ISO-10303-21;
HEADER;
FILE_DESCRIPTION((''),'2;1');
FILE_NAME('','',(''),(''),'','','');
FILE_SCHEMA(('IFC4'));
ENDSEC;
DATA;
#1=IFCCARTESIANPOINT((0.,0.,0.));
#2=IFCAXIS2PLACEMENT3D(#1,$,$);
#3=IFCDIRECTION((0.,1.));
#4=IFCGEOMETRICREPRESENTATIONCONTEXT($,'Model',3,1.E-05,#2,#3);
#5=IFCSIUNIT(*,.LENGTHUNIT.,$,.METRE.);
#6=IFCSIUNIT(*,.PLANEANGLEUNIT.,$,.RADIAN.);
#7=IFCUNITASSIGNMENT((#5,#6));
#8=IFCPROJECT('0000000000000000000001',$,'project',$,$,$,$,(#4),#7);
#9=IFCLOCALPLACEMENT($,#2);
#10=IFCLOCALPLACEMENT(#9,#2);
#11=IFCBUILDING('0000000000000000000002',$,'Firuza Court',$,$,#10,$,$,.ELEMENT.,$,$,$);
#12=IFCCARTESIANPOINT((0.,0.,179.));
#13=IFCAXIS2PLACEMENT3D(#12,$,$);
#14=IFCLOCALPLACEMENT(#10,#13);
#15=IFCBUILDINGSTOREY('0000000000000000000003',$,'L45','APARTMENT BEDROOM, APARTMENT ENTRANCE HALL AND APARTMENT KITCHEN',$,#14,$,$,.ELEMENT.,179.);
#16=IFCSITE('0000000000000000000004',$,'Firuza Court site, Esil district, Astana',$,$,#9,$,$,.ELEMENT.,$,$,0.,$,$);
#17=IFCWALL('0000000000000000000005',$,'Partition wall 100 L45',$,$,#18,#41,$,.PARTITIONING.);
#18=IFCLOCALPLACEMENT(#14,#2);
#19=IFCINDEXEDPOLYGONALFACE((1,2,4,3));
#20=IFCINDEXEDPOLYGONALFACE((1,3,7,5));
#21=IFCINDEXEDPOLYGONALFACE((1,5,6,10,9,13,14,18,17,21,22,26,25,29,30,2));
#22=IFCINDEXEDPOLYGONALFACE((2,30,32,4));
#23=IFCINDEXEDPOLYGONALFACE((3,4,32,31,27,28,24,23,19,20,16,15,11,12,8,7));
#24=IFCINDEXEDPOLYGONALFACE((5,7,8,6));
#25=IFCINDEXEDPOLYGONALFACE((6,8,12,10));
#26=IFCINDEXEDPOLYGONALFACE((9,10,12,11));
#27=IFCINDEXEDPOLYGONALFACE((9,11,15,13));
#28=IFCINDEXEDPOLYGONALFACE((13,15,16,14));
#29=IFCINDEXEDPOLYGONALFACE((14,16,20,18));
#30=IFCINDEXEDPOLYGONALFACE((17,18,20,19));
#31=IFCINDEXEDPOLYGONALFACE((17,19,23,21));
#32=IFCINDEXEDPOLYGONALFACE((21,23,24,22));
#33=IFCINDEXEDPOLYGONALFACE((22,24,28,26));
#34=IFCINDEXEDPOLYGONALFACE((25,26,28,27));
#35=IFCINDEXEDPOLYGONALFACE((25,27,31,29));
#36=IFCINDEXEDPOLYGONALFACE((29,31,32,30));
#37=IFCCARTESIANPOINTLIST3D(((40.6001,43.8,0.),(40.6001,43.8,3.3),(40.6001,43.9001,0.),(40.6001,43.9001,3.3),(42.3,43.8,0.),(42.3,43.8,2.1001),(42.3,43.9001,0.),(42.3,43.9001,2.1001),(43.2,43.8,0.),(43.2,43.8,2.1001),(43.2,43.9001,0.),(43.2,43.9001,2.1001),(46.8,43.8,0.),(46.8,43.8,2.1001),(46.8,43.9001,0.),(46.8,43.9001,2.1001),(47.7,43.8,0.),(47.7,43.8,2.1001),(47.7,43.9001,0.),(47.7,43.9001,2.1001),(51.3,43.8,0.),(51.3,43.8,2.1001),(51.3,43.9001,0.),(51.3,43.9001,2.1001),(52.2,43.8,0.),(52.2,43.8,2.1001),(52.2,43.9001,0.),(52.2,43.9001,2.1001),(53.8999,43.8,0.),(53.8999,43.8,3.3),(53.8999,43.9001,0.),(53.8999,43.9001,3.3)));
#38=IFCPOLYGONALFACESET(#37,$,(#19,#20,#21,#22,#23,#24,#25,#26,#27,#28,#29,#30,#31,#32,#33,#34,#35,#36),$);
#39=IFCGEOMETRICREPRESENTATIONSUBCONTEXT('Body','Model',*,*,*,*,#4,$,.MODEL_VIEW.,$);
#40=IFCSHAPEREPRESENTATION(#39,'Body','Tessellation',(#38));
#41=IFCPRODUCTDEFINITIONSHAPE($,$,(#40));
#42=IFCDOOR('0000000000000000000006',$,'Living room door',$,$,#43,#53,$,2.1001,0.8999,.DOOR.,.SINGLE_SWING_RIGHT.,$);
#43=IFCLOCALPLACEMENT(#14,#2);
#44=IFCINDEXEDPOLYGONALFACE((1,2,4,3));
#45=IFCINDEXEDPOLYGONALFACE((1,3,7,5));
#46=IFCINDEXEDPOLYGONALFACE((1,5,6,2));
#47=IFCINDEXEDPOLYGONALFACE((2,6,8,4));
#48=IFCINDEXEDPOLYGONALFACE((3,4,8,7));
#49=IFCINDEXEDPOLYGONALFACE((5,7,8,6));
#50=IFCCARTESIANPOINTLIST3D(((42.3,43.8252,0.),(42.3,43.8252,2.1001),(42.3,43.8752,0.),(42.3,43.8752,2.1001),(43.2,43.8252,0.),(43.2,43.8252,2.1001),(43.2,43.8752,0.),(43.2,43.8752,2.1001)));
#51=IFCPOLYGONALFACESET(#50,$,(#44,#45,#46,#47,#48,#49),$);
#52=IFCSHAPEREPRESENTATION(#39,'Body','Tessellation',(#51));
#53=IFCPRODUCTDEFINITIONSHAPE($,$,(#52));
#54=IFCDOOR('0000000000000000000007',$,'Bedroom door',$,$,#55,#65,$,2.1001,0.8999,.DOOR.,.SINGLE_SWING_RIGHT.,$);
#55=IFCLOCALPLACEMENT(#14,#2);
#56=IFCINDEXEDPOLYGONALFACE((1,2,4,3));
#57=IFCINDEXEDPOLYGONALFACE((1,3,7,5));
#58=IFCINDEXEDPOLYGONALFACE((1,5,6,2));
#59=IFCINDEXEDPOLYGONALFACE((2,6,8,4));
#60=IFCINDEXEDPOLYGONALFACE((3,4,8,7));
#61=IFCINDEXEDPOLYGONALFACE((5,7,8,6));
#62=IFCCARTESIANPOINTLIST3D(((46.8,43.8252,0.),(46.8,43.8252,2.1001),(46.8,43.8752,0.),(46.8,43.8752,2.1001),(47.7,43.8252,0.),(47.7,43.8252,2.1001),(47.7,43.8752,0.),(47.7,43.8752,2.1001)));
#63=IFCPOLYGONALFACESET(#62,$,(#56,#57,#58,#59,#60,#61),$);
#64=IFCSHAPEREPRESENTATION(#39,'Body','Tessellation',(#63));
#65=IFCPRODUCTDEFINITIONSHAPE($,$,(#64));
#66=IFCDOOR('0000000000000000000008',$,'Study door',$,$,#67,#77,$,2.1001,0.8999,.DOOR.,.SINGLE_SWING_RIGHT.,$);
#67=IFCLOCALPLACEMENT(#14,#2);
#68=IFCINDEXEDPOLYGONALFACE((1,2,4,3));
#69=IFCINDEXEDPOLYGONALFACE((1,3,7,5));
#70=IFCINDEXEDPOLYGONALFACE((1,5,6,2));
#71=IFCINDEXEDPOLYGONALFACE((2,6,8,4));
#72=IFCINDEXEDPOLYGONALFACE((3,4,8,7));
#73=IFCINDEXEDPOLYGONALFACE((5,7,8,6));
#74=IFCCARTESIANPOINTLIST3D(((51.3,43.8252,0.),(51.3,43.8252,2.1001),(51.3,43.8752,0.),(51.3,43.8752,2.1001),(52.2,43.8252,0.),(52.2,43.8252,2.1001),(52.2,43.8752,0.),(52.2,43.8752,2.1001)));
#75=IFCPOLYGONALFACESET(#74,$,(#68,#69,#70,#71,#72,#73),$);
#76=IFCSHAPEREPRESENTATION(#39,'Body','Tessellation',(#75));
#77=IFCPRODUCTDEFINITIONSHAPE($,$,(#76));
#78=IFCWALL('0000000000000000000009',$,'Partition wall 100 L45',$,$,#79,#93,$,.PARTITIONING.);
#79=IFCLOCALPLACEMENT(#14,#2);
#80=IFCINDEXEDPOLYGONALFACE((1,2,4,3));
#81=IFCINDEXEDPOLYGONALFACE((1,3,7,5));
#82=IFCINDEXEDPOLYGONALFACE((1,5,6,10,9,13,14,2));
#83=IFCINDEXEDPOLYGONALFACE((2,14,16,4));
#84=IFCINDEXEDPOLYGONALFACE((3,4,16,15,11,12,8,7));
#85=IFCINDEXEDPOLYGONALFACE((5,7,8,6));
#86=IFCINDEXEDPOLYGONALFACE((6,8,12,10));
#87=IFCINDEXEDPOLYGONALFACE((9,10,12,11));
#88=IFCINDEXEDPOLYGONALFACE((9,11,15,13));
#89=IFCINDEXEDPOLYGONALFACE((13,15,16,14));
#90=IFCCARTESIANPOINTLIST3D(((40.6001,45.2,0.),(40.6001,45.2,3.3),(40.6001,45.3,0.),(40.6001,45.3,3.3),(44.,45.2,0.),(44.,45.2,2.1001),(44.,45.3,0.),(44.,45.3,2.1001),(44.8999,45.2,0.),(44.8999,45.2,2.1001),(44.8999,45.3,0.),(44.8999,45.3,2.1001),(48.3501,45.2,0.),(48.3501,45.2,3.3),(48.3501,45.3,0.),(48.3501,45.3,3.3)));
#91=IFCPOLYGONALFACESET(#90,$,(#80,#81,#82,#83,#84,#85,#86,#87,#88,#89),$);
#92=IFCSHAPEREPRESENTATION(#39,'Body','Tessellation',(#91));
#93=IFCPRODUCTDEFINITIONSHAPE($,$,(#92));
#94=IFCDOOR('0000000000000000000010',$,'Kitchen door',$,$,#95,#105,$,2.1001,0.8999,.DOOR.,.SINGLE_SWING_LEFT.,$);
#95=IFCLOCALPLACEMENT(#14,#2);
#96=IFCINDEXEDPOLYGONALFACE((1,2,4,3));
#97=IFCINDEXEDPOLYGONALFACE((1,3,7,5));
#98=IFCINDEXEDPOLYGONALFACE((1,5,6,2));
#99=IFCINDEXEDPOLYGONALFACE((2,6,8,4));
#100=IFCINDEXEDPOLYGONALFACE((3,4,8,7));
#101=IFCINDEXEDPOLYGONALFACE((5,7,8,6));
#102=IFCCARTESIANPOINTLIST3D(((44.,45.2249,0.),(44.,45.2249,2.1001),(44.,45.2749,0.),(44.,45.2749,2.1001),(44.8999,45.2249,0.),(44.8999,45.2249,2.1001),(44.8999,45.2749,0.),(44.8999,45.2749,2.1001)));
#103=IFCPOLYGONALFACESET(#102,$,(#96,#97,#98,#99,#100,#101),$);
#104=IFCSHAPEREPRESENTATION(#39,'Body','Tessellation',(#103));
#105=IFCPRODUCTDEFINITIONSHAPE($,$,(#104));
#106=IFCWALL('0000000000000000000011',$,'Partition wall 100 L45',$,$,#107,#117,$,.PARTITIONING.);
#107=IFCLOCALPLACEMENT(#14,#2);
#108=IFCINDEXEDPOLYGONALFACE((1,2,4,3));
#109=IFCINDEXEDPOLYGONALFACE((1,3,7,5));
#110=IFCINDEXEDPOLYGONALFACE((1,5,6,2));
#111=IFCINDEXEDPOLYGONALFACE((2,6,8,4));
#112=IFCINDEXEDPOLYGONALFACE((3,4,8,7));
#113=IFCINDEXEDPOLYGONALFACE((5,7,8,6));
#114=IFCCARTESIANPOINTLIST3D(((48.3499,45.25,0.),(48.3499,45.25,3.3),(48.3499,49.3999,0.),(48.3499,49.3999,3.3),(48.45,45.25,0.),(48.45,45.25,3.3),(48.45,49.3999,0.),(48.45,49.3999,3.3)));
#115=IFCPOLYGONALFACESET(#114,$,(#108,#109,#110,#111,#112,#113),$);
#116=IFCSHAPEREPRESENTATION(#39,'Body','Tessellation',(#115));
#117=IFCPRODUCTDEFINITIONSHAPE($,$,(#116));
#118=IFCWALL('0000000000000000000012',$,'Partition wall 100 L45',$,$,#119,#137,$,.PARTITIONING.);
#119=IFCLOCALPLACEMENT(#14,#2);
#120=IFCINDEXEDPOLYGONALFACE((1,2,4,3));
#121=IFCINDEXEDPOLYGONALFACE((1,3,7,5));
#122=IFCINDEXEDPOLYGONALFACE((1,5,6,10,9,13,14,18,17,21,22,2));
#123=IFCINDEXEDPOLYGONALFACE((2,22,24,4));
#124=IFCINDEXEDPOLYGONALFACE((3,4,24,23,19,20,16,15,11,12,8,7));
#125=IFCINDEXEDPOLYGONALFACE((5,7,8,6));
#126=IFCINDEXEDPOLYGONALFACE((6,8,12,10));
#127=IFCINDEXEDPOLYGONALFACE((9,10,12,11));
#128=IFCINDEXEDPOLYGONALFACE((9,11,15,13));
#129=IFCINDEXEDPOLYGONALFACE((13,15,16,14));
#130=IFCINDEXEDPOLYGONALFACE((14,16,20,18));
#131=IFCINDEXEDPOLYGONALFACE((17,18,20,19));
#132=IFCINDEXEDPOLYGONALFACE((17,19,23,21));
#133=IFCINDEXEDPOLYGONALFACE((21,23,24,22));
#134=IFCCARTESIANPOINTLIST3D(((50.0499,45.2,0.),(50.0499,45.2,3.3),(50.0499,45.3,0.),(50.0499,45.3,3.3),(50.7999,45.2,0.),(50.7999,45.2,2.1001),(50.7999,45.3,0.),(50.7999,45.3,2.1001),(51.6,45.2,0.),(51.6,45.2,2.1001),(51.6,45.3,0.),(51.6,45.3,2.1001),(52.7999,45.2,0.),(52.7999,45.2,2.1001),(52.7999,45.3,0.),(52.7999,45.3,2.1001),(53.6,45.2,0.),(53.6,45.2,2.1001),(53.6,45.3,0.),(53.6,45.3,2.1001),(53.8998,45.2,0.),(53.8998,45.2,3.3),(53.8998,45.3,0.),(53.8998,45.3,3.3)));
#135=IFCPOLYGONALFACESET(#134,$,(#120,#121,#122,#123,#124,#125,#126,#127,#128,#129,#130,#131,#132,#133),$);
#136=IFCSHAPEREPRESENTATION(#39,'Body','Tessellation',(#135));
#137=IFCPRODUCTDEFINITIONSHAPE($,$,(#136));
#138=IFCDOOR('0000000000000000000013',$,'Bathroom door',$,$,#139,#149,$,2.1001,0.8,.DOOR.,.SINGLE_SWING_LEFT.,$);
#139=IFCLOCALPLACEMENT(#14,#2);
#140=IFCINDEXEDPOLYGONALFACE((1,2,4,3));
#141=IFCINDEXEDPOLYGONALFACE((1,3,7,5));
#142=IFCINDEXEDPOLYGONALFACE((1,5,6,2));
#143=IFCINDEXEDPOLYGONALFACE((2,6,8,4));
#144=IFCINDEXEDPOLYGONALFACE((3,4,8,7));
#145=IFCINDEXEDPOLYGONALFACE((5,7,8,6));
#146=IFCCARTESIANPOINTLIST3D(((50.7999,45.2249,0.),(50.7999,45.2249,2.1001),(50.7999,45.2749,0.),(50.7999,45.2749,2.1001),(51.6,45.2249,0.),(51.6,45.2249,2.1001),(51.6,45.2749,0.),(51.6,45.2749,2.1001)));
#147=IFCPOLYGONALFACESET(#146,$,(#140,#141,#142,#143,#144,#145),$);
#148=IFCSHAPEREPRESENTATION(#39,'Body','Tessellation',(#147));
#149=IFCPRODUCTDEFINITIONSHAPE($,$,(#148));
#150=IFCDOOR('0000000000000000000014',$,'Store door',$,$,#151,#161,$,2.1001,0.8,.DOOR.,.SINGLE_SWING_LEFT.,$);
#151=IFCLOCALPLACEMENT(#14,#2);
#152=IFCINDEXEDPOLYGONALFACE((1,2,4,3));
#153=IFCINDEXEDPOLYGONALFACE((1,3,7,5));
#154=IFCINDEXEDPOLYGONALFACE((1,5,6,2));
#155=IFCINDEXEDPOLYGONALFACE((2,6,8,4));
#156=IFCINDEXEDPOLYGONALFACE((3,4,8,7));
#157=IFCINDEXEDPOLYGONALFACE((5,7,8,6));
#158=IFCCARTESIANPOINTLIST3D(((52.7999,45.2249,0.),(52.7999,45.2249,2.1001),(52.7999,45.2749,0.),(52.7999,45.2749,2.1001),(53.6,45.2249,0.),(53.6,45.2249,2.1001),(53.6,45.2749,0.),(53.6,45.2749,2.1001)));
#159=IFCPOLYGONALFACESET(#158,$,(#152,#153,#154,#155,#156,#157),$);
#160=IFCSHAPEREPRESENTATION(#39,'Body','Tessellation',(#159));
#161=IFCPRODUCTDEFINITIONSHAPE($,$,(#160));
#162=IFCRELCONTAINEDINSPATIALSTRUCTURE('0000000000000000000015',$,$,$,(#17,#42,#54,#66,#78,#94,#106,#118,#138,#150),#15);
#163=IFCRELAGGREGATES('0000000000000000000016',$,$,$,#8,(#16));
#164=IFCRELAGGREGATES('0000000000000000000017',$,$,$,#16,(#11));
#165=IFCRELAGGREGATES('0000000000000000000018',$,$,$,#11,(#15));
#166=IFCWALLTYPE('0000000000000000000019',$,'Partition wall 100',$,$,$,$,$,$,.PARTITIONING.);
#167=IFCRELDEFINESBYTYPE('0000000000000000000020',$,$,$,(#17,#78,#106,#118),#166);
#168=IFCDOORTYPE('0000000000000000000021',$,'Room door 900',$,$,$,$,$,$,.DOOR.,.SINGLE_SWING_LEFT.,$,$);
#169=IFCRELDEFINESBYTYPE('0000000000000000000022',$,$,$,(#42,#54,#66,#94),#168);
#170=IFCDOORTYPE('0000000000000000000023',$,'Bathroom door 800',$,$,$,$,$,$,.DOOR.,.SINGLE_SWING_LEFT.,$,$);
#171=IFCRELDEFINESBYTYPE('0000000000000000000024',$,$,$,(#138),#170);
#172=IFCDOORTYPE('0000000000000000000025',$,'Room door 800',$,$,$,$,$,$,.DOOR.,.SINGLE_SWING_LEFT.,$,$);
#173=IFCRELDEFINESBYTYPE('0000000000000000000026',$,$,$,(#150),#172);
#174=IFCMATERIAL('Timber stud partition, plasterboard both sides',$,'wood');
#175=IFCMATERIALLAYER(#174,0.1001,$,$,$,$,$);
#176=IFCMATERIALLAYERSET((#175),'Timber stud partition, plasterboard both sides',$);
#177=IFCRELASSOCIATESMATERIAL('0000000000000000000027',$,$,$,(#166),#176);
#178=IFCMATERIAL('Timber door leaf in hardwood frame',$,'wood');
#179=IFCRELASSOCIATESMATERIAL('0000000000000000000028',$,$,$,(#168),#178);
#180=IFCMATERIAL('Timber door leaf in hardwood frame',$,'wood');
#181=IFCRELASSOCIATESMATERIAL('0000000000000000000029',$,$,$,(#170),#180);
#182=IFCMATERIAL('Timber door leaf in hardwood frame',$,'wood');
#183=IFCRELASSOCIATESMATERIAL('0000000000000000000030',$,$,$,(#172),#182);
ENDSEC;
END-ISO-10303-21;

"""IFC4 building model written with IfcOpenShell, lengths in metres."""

from ifc_helpers import new_model, si_unit, direction, frame, frame_2d, origin, place, context, subcontext, project, spatial, rectangle, extrude, material, layer, layer_set, type_object, element, fill, save


model = new_model("IFC4")

# Units and contexts
model_context = context("Model", 3, precision=1e-05, world=origin(), true_north=direction((0.0, 1.0)))
body_context = subcontext(model_context, "Body", "Model", "MODEL_VIEW")
ifc_project = project(units=[si_unit("LENGTHUNIT", "METRE"), si_unit("PLANEANGLEUNIT", "RADIAN")], contexts=[model_context])

# Site, building, storey
site_placement = place(None, origin())
site = spatial("IfcSite", under=ifc_project, at=site_placement, Name="Firuza Court site, Esil district, Astana", CompositionType="ELEMENT", RefElevation=0.0)
building_placement = place(site_placement, origin())
building = spatial("IfcBuilding", under=site, at=building_placement, Name="Firuza Court", CompositionType="ELEMENT")
storey_placement = place(building_placement, frame((0.0, 0.0, 179.0)))
storey = spatial("IfcBuildingStorey", under=building, at=storey_placement, Name="L45", Description="APARTMENT BEDROOM, APARTMENT ENTRANCE HALL AND APARTMENT KITCHEN", CompositionType="ELEMENT", Elevation=179.0)

# Shared definitions
ifc_material_1 = material(Name="Timber stud partition, plasterboard both sides", Category="wood")
ifc_layer_1 = layer(ifc_material_1, 0.1001)
ifc_layer_set_1 = layer_set([ifc_layer_1], Name="Timber stud partition, plasterboard both sides")
wall_type_1 = type_object("IfcWallType", Name="Partition wall 100", PredefinedType="PARTITIONING", material=ifc_layer_set_1)

# Wall, openings, doors
wall_1_placement = place(storey_placement, frame((40.6001, 43.8501, 0.0), z_axis=(0.0, 0.0, 1.0), x_axis=(1.0, 0.0, 0.0)))
wall_1 = element("IfcWall", 1, at=wall_1_placement, inside=storey, type_object=wall_type_1, Name="Partition wall 100 L45", PredefinedType="PARTITIONING", context=body_context, shape_type="SweptSolid", body=[
    extrude(rectangle(XDim=13.2998, YDim=0.1001, at=frame_2d((6.6499, 0.0))), origin(), (0.0, 0.0, 1.0), 3.3),
])
opening_1_placement = place(wall_1_placement, frame((1.7, 0.0, 0.0)))
opening_1 = element("IfcOpeningElement", 2, at=opening_1_placement, cuts=wall_1, PredefinedType="OPENING", context=body_context, shape_type="SweptSolid", body=[
    extrude(rectangle(XDim=0.8999, YDim=2.1001, at=frame_2d((0.45, 1.05))), frame((0.0, 0.062, 0.0), z_axis=(0.0, -1.0, 0.0), x_axis=(1.0, 0.0, 0.0)), (0.0, 0.0, 1.0), 0.124),
])
opening_2_placement = place(wall_1_placement, frame((6.2, 0.0, 0.0)))
opening_2 = element("IfcOpeningElement", 3, at=opening_2_placement, cuts=wall_1, PredefinedType="OPENING", context=body_context, shape_type="SweptSolid", body=[
    extrude(rectangle(XDim=0.8999, YDim=2.1001, at=frame_2d((0.45, 1.05))), frame((0.0, 0.062, 0.0), z_axis=(0.0, -1.0, 0.0), x_axis=(1.0, 0.0, 0.0)), (0.0, 0.0, 1.0), 0.124),
])
opening_3_placement = place(wall_1_placement, frame((10.7, 0.0, 0.0)))
opening_3 = element("IfcOpeningElement", 4, at=opening_3_placement, cuts=wall_1, PredefinedType="OPENING", context=body_context, shape_type="SweptSolid", body=[
    extrude(rectangle(XDim=0.8999, YDim=2.1001, at=frame_2d((0.45, 1.05))), frame((0.0, 0.062, 0.0), z_axis=(0.0, -1.0, 0.0), x_axis=(1.0, 0.0, 0.0)), (0.0, 0.0, 1.0), 0.124),
])
ifc_material_2 = material(Name="Timber door leaf in hardwood frame", Category="wood")
door_type_1 = type_object("IfcDoorType", Name="Room door 900", OperationType="SINGLE_SWING_LEFT", PredefinedType="DOOR", material=ifc_material_2)
door_1_placement = place(opening_1_placement, frame((0.8999, 0.0, 0.0), z_axis=(0.0, 0.0, 1.0), x_axis=(-1.0, 0.0, 0.0)))
door_1 = element("IfcDoor", 5, at=door_1_placement, inside=storey, type_object=door_type_1, Name="Living room door", OperationType="SINGLE_SWING_RIGHT", OverallHeight=2.1001, OverallWidth=0.8999, PredefinedType="DOOR", context=body_context, shape_type="SweptSolid", body=[
    extrude(rectangle(XDim=0.8999, YDim=2.1001, at=frame_2d((0.45, 1.05))), frame((0.0, 0.0249, 0.0), z_axis=(0.0, -1.0, 0.0), x_axis=(1.0, 0.0, 0.0)), (0.0, 0.0, 1.0), 0.05),
])
fill(opening_1, door_1)
door_2_placement = place(opening_2_placement, frame((0.8999, 0.0, 0.0), z_axis=(0.0, 0.0, 1.0), x_axis=(-1.0, 0.0, 0.0)))
door_2 = element("IfcDoor", 6, at=door_2_placement, inside=storey, type_object=door_type_1, Name="Bedroom door", OperationType="SINGLE_SWING_RIGHT", OverallHeight=2.1001, OverallWidth=0.8999, PredefinedType="DOOR", context=body_context, shape_type="SweptSolid", body=[
    extrude(rectangle(XDim=0.8999, YDim=2.1001, at=frame_2d((0.45, 1.05))), frame((0.0, 0.0249, 0.0), z_axis=(0.0, -1.0, 0.0), x_axis=(1.0, 0.0, 0.0)), (0.0, 0.0, 1.0), 0.05),
])
fill(opening_2, door_2)
door_3_placement = place(opening_3_placement, frame((0.8999, 0.0, 0.0), z_axis=(0.0, 0.0, 1.0), x_axis=(-1.0, 0.0, 0.0)))
door_3 = element("IfcDoor", 7, at=door_3_placement, inside=storey, type_object=door_type_1, Name="Study door", OperationType="SINGLE_SWING_RIGHT", OverallHeight=2.1001, OverallWidth=0.8999, PredefinedType="DOOR", context=body_context, shape_type="SweptSolid", body=[
    extrude(rectangle(XDim=0.8999, YDim=2.1001, at=frame_2d((0.45, 1.05))), frame((0.0, 0.0249, 0.0), z_axis=(0.0, -1.0, 0.0), x_axis=(1.0, 0.0, 0.0)), (0.0, 0.0, 1.0), 0.05),
])
fill(opening_3, door_3)

# Wall, opening, door
wall_2_placement = place(storey_placement, frame((40.6001, 45.25, 0.0), z_axis=(0.0, 0.0, 1.0), x_axis=(1.0, 0.0, 0.0)))
wall_2 = element("IfcWall", 8, at=wall_2_placement, inside=storey, type_object=wall_type_1, Name="Partition wall 100 L45", PredefinedType="PARTITIONING", context=body_context, shape_type="SweptSolid", body=[
    extrude(rectangle(XDim=7.75, YDim=0.1001, at=frame_2d((3.875, 0.0))), origin(), (0.0, 0.0, 1.0), 3.3),
])
opening_4_placement = place(wall_2_placement, frame((3.3999, 0.0, 0.0)))
opening_4 = element("IfcOpeningElement", 9, at=opening_4_placement, cuts=wall_2, PredefinedType="OPENING", context=body_context, shape_type="SweptSolid", body=[
    extrude(rectangle(XDim=0.8999, YDim=2.1001, at=frame_2d((0.45, 1.05))), frame((0.0, 0.062, 0.0), z_axis=(0.0, -1.0, 0.0), x_axis=(1.0, 0.0, 0.0)), (0.0, 0.0, 1.0), 0.124),
])
door_4_placement = place(opening_4_placement, origin())
door_4 = element("IfcDoor", 10, at=door_4_placement, inside=storey, type_object=door_type_1, Name="Kitchen door", OperationType="SINGLE_SWING_LEFT", OverallHeight=2.1001, OverallWidth=0.8999, PredefinedType="DOOR", context=body_context, shape_type="SweptSolid", body=[
    extrude(rectangle(XDim=0.8999, YDim=2.1001, at=frame_2d((0.45, 1.05))), frame((0.0, 0.0249, 0.0), z_axis=(0.0, -1.0, 0.0), x_axis=(1.0, 0.0, 0.0)), (0.0, 0.0, 1.0), 0.05),
])
fill(opening_4, door_4)

# Wall
wall_3_placement = place(storey_placement, frame((48.3999, 45.25, 0.0), z_axis=(0.0, 0.0, 1.0), x_axis=(0.0, 1.0, 0.0)))
element("IfcWall", 11, at=wall_3_placement, inside=storey, type_object=wall_type_1, Name="Partition wall 100 L45", PredefinedType="PARTITIONING", context=body_context, shape_type="SweptSolid", body=[
    extrude(rectangle(XDim=4.1499, YDim=0.1001, at=frame_2d((2.075, 0.0))), origin(), (0.0, 0.0, 1.0), 3.3),
])

# Wall, openings, doors
wall_4_placement = place(storey_placement, frame((50.05, 45.25, 0.0), z_axis=(0.0, 0.0, 1.0), x_axis=(1.0, 0.0, 0.0)))
wall_4 = element("IfcWall", 12, at=wall_4_placement, inside=storey, type_object=wall_type_1, Name="Partition wall 100 L45", PredefinedType="PARTITIONING", context=body_context, shape_type="SweptSolid", body=[
    extrude(rectangle(XDim=3.8499, YDim=0.1001, at=frame_2d((1.9248, 0.0))), origin(), (0.0, 0.0, 1.0), 3.3),
])
opening_5_placement = place(wall_4_placement, frame((0.75, 0.0, 0.0)))
opening_5 = element("IfcOpeningElement", 13, at=opening_5_placement, cuts=wall_4, PredefinedType="OPENING", context=body_context, shape_type="SweptSolid", body=[
    extrude(rectangle(XDim=0.8, YDim=2.1001, at=frame_2d((0.3999, 1.05))), frame((0.0, 0.062, 0.0), z_axis=(0.0, -1.0, 0.0), x_axis=(1.0, 0.0, 0.0)), (0.0, 0.0, 1.0), 0.124),
])
opening_6_placement = place(wall_4_placement, frame((2.75, 0.0, 0.0)))
opening_6 = element("IfcOpeningElement", 14, at=opening_6_placement, cuts=wall_4, PredefinedType="OPENING", context=body_context, shape_type="SweptSolid", body=[
    extrude(rectangle(XDim=0.8, YDim=2.1001, at=frame_2d((0.3999, 1.05))), frame((0.0, 0.062, 0.0), z_axis=(0.0, -1.0, 0.0), x_axis=(1.0, 0.0, 0.0)), (0.0, 0.0, 1.0), 0.124),
])
ifc_material_3 = material(Name="Timber door leaf in hardwood frame", Category="wood")
door_type_2 = type_object("IfcDoorType", Name="Bathroom door 800", OperationType="SINGLE_SWING_LEFT", PredefinedType="DOOR", material=ifc_material_3)
door_5_placement = place(opening_5_placement, origin())
door_5 = element("IfcDoor", 15, at=door_5_placement, inside=storey, type_object=door_type_2, Name="Bathroom door", OperationType="SINGLE_SWING_LEFT", OverallHeight=2.1001, OverallWidth=0.8, PredefinedType="DOOR", context=body_context, shape_type="SweptSolid", body=[
    extrude(rectangle(XDim=0.8, YDim=2.1001, at=frame_2d((0.3999, 1.05))), frame((0.0, 0.0249, 0.0), z_axis=(0.0, -1.0, 0.0), x_axis=(1.0, 0.0, 0.0)), (0.0, 0.0, 1.0), 0.05),
])
fill(opening_5, door_5)
ifc_material_4 = material(Name="Timber door leaf in hardwood frame", Category="wood")
door_type_3 = type_object("IfcDoorType", Name="Room door 800", OperationType="SINGLE_SWING_LEFT", PredefinedType="DOOR", material=ifc_material_4)
door_6_placement = place(opening_6_placement, origin())
door_6 = element("IfcDoor", 16, at=door_6_placement, inside=storey, type_object=door_type_3, Name="Store door", OperationType="SINGLE_SWING_LEFT", OverallHeight=2.1001, OverallWidth=0.8, PredefinedType="DOOR", context=body_context, shape_type="SweptSolid", body=[
    extrude(rectangle(XDim=0.8, YDim=2.1001, at=frame_2d((0.3999, 1.05))), frame((0.0, 0.0249, 0.0), z_axis=(0.0, -1.0, 0.0), x_axis=(1.0, 0.0, 0.0)), (0.0, 0.0, 1.0), 0.05),
])
fill(opening_6, door_6)

save(model, "model.ifc")
